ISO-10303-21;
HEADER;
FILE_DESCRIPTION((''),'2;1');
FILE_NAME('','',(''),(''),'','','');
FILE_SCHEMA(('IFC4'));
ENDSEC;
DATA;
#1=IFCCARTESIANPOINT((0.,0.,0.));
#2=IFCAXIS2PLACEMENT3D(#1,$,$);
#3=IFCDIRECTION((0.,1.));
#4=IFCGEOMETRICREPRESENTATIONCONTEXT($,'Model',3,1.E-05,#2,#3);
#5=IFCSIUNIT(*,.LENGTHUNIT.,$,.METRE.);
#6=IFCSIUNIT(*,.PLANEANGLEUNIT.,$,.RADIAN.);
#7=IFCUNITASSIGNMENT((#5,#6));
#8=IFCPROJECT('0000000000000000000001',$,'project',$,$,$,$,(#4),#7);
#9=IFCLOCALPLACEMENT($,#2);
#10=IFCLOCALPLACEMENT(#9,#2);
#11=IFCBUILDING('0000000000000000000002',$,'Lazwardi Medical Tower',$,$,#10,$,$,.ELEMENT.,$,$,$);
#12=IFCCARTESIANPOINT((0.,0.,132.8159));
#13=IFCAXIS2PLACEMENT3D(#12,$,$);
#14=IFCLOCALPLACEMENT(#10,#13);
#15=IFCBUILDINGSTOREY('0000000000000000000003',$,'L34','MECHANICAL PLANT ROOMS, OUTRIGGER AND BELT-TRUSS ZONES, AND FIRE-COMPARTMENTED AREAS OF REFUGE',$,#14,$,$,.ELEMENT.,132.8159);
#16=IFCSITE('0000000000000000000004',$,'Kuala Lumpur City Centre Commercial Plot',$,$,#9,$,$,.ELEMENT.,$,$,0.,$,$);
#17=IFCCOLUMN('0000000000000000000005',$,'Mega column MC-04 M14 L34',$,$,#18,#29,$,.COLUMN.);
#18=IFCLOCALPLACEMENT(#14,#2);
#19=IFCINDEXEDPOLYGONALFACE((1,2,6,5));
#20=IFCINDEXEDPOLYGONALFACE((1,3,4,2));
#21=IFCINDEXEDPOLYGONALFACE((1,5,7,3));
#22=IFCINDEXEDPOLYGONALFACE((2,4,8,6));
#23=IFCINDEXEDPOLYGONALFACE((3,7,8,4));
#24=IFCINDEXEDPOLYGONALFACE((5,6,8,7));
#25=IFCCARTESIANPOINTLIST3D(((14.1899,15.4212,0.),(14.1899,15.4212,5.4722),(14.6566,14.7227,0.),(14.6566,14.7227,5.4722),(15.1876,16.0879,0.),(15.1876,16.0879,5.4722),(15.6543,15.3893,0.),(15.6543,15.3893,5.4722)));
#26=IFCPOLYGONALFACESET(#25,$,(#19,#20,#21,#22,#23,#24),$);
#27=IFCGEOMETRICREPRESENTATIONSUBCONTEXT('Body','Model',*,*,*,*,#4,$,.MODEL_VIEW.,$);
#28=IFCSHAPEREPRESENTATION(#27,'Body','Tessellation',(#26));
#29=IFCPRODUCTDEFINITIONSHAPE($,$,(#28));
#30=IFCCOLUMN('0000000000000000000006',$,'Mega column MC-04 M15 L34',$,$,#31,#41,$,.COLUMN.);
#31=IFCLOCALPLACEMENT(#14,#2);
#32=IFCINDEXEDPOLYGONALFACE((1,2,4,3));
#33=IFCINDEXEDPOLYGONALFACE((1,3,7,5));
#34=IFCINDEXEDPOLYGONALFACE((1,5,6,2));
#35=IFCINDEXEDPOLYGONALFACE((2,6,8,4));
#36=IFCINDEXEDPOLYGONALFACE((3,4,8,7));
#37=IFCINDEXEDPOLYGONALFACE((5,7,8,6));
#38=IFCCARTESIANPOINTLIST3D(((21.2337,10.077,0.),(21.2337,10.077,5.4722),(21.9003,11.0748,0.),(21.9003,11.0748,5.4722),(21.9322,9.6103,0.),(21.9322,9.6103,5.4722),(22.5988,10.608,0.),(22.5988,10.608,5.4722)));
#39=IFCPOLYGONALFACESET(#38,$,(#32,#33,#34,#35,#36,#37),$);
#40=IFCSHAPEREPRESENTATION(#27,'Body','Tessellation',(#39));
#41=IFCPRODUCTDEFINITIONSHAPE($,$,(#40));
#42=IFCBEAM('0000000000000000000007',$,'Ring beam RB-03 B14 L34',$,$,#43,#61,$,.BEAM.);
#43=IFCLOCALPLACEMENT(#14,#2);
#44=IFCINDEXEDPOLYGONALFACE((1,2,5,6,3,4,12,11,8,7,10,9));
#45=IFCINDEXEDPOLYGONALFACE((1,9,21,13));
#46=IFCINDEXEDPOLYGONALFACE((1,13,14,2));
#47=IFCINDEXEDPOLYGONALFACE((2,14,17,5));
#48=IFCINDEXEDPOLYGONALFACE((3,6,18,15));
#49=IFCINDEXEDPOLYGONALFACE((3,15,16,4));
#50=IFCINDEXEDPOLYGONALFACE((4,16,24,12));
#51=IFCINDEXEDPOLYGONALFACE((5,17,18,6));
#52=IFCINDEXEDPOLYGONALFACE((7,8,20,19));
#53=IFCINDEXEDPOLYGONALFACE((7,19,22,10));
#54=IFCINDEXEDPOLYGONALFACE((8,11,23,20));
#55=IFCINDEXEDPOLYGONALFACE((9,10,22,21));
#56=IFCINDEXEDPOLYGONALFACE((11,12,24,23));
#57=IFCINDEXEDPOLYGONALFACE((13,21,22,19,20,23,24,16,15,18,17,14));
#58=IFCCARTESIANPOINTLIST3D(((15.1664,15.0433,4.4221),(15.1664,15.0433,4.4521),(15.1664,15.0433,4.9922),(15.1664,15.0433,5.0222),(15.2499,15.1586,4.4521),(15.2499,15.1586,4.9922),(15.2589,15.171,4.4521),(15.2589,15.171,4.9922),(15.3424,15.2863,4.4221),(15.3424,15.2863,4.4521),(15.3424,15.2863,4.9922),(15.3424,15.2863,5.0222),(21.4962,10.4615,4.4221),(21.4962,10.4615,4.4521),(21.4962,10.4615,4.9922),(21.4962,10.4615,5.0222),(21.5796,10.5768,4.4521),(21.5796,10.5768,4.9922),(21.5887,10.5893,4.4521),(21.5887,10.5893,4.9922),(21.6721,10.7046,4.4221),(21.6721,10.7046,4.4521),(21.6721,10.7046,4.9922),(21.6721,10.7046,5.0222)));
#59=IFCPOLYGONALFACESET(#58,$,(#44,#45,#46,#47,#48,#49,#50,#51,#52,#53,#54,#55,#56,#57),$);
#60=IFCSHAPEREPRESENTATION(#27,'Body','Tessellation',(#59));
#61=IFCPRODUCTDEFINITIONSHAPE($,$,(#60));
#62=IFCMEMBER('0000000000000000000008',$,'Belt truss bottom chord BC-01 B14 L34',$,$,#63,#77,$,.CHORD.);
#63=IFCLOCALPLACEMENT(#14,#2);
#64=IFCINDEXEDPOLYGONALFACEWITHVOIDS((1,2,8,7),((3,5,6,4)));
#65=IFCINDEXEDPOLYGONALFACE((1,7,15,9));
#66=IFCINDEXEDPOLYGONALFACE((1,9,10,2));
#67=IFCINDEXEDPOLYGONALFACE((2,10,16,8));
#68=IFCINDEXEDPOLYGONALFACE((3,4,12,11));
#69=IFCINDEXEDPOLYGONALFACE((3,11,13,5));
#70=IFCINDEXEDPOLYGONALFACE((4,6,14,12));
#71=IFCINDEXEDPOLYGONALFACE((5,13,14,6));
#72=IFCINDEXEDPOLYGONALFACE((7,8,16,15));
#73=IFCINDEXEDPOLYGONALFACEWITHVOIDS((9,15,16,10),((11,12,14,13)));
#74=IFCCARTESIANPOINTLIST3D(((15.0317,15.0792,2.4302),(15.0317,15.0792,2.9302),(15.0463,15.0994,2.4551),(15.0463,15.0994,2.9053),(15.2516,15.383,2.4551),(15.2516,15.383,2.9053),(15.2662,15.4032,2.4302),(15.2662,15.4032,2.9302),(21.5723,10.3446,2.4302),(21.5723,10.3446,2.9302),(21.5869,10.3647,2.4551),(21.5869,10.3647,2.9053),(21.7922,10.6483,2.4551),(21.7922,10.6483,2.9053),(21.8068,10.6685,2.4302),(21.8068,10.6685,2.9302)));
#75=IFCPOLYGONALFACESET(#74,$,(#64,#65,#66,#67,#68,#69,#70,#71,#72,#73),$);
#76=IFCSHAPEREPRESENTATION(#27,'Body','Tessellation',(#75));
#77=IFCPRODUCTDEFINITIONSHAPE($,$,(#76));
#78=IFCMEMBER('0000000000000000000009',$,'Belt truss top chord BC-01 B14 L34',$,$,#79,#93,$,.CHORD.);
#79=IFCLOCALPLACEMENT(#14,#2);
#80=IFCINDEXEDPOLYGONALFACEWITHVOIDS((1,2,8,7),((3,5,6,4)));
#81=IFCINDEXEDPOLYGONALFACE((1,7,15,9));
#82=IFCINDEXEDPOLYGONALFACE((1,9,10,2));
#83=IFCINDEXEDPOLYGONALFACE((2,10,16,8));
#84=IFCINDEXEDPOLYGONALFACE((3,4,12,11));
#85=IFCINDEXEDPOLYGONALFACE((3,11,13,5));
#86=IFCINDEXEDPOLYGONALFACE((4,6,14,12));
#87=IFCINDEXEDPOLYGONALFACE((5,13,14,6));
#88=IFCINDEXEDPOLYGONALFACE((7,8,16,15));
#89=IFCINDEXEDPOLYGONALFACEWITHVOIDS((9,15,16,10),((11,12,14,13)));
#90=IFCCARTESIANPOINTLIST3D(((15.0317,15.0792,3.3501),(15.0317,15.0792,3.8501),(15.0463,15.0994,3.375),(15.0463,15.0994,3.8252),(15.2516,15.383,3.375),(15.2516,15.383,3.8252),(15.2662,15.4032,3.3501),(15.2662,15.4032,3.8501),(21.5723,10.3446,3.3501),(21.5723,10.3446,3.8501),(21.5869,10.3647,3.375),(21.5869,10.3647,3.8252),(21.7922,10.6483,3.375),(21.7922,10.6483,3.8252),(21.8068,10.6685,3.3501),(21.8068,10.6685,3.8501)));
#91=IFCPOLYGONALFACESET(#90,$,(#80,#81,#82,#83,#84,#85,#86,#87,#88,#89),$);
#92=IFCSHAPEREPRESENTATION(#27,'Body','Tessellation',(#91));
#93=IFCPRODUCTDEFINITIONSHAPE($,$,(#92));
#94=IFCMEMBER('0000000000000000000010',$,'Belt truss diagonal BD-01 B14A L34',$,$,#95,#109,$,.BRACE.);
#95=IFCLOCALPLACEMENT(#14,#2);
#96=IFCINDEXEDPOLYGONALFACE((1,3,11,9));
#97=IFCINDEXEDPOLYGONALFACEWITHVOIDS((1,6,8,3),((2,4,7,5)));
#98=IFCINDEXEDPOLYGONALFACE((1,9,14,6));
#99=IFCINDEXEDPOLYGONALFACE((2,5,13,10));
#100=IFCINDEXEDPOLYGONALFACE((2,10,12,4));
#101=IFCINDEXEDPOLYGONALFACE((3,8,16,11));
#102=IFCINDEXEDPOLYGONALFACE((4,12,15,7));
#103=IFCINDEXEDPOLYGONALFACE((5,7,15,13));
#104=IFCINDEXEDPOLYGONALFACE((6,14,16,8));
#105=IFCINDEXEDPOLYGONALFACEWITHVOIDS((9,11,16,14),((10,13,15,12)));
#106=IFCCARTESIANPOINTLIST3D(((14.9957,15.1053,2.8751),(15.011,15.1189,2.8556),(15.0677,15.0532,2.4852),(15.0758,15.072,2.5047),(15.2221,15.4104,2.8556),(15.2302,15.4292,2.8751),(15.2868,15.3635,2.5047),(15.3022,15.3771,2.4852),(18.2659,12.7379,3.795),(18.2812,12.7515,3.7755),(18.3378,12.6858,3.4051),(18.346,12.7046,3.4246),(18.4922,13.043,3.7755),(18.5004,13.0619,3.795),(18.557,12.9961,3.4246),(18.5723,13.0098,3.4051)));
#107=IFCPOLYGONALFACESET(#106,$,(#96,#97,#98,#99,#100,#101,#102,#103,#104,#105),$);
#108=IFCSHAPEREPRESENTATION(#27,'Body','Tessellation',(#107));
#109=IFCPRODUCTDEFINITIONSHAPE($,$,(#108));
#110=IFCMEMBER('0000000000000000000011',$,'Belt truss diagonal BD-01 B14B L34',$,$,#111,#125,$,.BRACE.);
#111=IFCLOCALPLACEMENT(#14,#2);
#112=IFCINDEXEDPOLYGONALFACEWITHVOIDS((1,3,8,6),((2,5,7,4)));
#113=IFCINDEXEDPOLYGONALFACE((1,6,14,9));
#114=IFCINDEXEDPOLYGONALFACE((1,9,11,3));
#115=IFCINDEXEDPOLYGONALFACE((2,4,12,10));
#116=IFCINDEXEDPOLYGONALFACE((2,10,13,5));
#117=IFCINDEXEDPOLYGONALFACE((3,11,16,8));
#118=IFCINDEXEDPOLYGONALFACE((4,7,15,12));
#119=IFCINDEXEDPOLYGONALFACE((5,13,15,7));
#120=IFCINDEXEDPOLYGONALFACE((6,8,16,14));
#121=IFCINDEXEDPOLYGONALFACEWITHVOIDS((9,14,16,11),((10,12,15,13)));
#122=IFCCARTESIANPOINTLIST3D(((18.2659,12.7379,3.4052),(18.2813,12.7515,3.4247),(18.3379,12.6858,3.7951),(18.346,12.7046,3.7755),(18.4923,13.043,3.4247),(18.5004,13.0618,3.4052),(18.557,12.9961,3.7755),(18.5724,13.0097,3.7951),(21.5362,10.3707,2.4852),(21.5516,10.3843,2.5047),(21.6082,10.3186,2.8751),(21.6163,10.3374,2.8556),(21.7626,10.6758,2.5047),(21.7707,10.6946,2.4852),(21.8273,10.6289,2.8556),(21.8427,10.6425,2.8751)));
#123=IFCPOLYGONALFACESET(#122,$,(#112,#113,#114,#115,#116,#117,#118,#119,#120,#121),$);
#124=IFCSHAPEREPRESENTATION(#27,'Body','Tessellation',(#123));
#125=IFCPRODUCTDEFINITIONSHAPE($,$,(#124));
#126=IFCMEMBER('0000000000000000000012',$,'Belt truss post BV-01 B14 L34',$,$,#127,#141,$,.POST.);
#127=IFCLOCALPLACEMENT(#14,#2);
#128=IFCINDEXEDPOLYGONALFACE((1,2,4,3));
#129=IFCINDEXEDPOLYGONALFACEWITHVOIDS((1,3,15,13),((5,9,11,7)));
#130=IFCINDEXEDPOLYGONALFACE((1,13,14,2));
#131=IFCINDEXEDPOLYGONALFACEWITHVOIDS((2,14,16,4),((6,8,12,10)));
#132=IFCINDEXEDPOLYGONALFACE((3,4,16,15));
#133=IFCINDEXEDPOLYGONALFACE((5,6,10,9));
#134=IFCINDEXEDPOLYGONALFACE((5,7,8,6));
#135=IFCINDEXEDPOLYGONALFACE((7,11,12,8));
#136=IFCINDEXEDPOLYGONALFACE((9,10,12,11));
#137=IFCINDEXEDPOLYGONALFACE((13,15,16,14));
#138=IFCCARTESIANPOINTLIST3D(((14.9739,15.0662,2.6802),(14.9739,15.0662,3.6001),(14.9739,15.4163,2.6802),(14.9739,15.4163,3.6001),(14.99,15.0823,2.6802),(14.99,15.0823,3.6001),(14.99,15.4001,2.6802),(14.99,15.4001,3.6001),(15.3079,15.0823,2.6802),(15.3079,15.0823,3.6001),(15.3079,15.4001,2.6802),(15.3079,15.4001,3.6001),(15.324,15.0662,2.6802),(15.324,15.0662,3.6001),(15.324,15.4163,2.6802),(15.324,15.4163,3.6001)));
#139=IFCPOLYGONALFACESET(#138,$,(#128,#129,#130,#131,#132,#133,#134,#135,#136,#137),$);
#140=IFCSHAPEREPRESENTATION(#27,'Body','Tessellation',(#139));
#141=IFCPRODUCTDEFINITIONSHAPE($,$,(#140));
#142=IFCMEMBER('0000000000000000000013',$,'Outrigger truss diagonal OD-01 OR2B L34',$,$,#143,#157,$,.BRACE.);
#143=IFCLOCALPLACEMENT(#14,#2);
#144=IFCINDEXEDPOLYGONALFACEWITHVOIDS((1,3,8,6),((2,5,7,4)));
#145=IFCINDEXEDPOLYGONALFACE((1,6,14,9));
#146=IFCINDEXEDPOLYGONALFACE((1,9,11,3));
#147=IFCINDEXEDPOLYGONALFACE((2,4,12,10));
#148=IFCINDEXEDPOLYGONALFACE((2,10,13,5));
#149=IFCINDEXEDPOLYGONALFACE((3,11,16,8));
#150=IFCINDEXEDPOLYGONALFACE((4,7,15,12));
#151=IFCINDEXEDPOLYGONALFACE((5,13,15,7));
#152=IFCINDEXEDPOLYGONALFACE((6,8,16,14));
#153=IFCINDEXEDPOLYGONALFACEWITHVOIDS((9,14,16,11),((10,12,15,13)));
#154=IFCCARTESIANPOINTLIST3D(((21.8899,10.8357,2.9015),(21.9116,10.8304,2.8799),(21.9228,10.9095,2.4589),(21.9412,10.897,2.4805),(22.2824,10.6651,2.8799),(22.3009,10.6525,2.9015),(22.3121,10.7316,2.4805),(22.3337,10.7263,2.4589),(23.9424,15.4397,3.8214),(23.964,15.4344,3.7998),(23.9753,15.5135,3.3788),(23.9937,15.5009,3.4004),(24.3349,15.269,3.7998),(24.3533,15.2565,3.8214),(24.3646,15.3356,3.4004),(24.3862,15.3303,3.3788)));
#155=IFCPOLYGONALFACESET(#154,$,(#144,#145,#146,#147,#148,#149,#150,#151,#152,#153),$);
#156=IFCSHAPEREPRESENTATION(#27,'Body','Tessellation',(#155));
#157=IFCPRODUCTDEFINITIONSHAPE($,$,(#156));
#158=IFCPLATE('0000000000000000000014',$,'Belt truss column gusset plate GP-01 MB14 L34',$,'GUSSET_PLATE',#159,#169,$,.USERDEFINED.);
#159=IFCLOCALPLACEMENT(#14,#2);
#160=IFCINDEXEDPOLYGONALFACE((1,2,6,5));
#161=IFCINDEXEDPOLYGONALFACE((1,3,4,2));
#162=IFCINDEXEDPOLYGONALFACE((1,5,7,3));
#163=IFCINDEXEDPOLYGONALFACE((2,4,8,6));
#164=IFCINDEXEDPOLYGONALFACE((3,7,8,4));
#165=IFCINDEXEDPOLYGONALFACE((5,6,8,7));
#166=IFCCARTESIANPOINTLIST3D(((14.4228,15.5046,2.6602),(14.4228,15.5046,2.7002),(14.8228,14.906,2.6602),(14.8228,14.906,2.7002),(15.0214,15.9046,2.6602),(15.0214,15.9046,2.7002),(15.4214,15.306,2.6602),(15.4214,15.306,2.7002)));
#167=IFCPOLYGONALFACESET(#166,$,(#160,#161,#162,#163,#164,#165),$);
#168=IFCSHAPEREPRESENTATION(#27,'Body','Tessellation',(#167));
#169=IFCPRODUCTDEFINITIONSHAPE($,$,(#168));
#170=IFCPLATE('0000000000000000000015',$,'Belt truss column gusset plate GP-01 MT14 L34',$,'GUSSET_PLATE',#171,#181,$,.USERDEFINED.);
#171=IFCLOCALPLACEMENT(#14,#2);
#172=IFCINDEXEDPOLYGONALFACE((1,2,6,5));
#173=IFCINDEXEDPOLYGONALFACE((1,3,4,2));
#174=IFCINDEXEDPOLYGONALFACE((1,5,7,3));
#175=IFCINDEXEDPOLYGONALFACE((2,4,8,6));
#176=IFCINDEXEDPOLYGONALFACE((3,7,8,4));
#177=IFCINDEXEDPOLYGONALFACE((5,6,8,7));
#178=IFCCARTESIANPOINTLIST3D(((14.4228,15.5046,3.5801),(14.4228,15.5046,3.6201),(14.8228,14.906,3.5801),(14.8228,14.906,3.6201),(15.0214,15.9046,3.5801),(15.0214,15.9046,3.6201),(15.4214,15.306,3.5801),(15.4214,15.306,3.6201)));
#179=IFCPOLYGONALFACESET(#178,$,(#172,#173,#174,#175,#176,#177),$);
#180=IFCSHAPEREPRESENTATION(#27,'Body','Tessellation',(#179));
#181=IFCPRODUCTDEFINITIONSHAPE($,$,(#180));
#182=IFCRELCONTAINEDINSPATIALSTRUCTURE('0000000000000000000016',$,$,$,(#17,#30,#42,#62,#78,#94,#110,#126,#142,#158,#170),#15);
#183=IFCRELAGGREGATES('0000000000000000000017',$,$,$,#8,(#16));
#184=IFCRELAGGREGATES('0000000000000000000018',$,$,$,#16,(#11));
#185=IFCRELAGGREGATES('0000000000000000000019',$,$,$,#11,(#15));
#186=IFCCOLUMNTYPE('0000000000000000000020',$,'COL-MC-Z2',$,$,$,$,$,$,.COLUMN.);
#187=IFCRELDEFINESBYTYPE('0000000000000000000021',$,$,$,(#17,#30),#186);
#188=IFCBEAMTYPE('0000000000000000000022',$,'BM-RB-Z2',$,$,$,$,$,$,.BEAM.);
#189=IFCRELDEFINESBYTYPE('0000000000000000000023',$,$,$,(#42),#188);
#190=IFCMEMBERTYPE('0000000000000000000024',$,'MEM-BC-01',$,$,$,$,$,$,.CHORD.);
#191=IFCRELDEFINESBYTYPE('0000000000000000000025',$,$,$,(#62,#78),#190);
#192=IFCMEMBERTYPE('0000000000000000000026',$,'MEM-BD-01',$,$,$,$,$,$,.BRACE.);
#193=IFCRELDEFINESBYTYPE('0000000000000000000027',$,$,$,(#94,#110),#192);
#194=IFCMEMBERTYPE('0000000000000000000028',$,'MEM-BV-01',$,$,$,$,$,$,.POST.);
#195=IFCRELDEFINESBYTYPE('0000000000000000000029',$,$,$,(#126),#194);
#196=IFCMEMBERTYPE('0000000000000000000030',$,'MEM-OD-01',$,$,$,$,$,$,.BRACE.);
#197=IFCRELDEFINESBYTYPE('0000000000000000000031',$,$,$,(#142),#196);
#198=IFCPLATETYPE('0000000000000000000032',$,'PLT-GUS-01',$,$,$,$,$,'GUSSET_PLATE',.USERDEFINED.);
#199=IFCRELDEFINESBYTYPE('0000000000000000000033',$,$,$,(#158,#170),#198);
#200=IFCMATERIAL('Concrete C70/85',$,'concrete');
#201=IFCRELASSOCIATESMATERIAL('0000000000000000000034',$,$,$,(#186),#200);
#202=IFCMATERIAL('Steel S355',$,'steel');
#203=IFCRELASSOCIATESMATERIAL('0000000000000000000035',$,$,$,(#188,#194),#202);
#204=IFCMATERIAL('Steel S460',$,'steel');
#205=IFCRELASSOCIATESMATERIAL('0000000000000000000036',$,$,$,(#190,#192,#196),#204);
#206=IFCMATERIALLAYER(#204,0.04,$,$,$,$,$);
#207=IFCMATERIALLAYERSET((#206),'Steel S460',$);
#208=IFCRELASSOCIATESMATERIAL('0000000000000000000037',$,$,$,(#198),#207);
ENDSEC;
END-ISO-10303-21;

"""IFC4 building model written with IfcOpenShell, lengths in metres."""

from ifc_helpers import new_model, si_unit, direction, frame, origin, origin_2d, place, context, subcontext, project, spatial, rectangle, hollow_rectangle, i_section, extrude, material, layer, layer_set, material_profile, profile_set, type_object, element, save


model = new_model("IFC4")

# Units and contexts
model_context = context("Model", 3, precision=1e-05, world=origin(), true_north=direction((0.0, 1.0)))
body_context = subcontext(model_context, "Body", "Model", "MODEL_VIEW")
ifc_project = project(units=[si_unit("LENGTHUNIT", "METRE"), si_unit("PLANEANGLEUNIT", "RADIAN")], contexts=[model_context])

# Site, building, storey
site_placement = place(None, origin())
site = spatial("IfcSite", under=ifc_project, at=site_placement, Name="Kuala Lumpur City Centre Commercial Plot", CompositionType="ELEMENT", RefElevation=0.0)
building_placement = place(site_placement, origin())
building = spatial("IfcBuilding", under=site, at=building_placement, Name="Lazwardi Medical Tower", CompositionType="ELEMENT")
storey_placement = place(building_placement, frame((0.0, 0.0, 132.8159)))
storey = spatial("IfcBuildingStorey", under=building, at=storey_placement, Name="L34", Description="MECHANICAL PLANT ROOMS, OUTRIGGER AND BELT-TRUSS ZONES, AND FIRE-COMPARTMENTED AREAS OF REFUGE", CompositionType="ELEMENT", Elevation=132.8159)

# Columns
ifc_material_1 = material(Name="Concrete C70/85", Category="concrete")
ifc_material_profile_1 = material_profile(ifc_material_1, rectangle(XDim=1.2, YDim=0.8401, at=origin_2d()), Name="CFT-RECT 1200x840")
ifc_profile_set_1 = profile_set([ifc_material_profile_1], Name="Concrete C70/85")
column_type = type_object("IfcColumnType", Name="COL-MC-Z2", PredefinedType="COLUMN", material=ifc_profile_set_1)
for number, where, z_axis, x_axis, name in (
    (1, (14.9221, 15.4053, 0.0), (0.0, 0.0, 1.0), (-0.83147, -0.55557, 0.0), "Mega column MC-04 M14 L34"),
    (2, (21.9163, 10.3425, 0.0), (0.0, 0.0, 1.0), (-0.55557, -0.83147, 0.0), "Mega column MC-04 M15 L34"),
):
    element("IfcColumn", number, at=place(storey_placement, frame(where, z_axis=z_axis, x_axis=x_axis)), inside=storey, type_object=column_type, Name=name, PredefinedType="COLUMN", context=body_context, shape_type="SweptSolid", body=[
        extrude(rectangle(XDim=1.2, YDim=0.8401, at=origin_2d()), origin(), (0.0, 0.0, 1.0), 5.4722),
    ])

# Beam
ifc_material_2 = material(Name="Steel S355", Category="steel")
ifc_material_profile_2 = material_profile(ifc_material_2, i_section(OverallWidth=0.3, OverallDepth=0.6001, WebThickness=0.0154, FlangeThickness=0.03, at=origin_2d()), Name="HEB 600")
ifc_profile_set_2 = profile_set([ifc_material_profile_2], Name="Steel S355")
beam_type = type_object("IfcBeamType", Name="BM-RB-Z2", PredefinedType="BEAM", material=ifc_profile_set_2)
beam_placement = place(storey_placement, frame((15.2544, 15.1648, 4.7222), z_axis=(0.810057, -0.586351, 0.0), x_axis=(0.586351, 0.810057, 0.0)))
element("IfcBeam", 3, at=beam_placement, inside=storey, type_object=beam_type, Name="Ring beam RB-03 B14 L34", PredefinedType="BEAM", context=body_context, shape_type="SweptSolid", body=[
    extrude(i_section(OverallWidth=0.3, OverallDepth=0.6001, WebThickness=0.0154, FlangeThickness=0.03, at=origin_2d()), origin(), (0.0, 0.0, 1.0), 7.814),
])

# Members
ifc_material_3 = material(Name="Steel S460", Category="steel")
ifc_material_profile_3 = material_profile(ifc_material_3, hollow_rectangle(XDim=0.3999, YDim=0.5, WallThickness=0.0249, at=origin_2d()), Name="RHS 500x400x25")
ifc_profile_set_3 = profile_set([ifc_material_profile_3], Name="Steel S460")
member_type_1 = type_object("IfcMemberType", Name="MEM-BC-01", PredefinedType="CHORD", material=ifc_profile_set_3)
for number, where, z_axis, x_axis, name in (
    (4, (15.1489, 15.2412, 2.6802), (0.810038, -0.586378, 0.0), (0.586378, 0.810038, 0.0), "Belt truss bottom chord BC-01 B14 L34"),
    (5, (15.1489, 15.2412, 3.6001), (0.810038, -0.586378, 0.0), (0.586378, 0.810038, 0.0), "Belt truss top chord BC-01 B14 L34"),
):
    element("IfcMember", number, at=place(storey_placement, frame(where, z_axis=z_axis, x_axis=x_axis)), inside=storey, type_object=member_type_1, Name=name, PredefinedType="CHORD", context=body_context, shape_type="SweptSolid", body=[
        extrude(hollow_rectangle(XDim=0.3999, YDim=0.5, WallThickness=0.0249, at=origin_2d()), origin(), (0.0, 0.0, 1.0), 8.0745),
    ])
ifc_material_profile_4 = material_profile(ifc_material_3, hollow_rectangle(XDim=0.3999, YDim=0.3999, WallThickness=0.02, at=origin_2d()), Name="RHS 400x400x20")
ifc_profile_set_4 = profile_set([ifc_material_profile_4], Name="Steel S460")
member_type_2 = type_object("IfcMemberType", Name="MEM-BD-01", PredefinedType="BRACE", material=ifc_profile_set_4)
for number, where, z_axis, x_axis, name in (
    (6, (15.1489, 15.2412, 2.6802), (0.78978, -0.571743, 0.222164), (0.586398, 0.810023, 0.0), "Belt truss diagonal BD-01 B14A L34"),
    (7, (21.6895, 10.5066, 2.6802), (-0.789807, 0.571703, 0.222172), (-0.586358, -0.810052, 0.0), "Belt truss diagonal BD-01 B14B L34"),
):
    element("IfcMember", number, at=place(storey_placement, frame(where, z_axis=z_axis, x_axis=x_axis)), inside=storey, type_object=member_type_2, Name=name, PredefinedType="BRACE", context=body_context, shape_type="SweptSolid", body=[
        extrude(hollow_rectangle(XDim=0.3999, YDim=0.3999, WallThickness=0.02, at=origin_2d()), origin(), (0.0, 0.0, 1.0), 4.1406),
    ])
ifc_material_profile_5 = material_profile(ifc_material_2, hollow_rectangle(XDim=0.3501, YDim=0.3501, WallThickness=0.0161, at=origin_2d()), Name="RHS 350x350x16")
ifc_profile_set_5 = profile_set([ifc_material_profile_5], Name="Steel S355")
member_type_3 = type_object("IfcMemberType", Name="MEM-BV-01", PredefinedType="POST", material=ifc_profile_set_5)
member_1_placement = place(storey_placement, frame((15.1489, 15.2412, 2.6802), z_axis=(0.0, 0.0, 1.0), x_axis=(1.0, 0.0, 0.0)))
element("IfcMember", 8, at=member_1_placement, inside=storey, type_object=member_type_3, Name="Belt truss post BV-01 B14 L34", PredefinedType="POST", context=body_context, shape_type="SweptSolid", body=[
    extrude(hollow_rectangle(XDim=0.3501, YDim=0.3501, WallThickness=0.0161, at=origin_2d()), origin(), (0.0, 0.0, 1.0), 0.9199),
])
ifc_material_profile_6 = material_profile(ifc_material_3, hollow_rectangle(XDim=0.45, YDim=0.45, WallThickness=0.022, at=origin_2d()), Name="RHS 450x450x22")
ifc_profile_set_6 = profile_set([ifc_material_profile_6], Name="Steel S460")
member_type_4 = type_object("IfcMemberType", Name="MEM-OD-01", PredefinedType="BRACE", material=ifc_profile_set_6)
member_2_placement = place(storey_placement, frame((22.1118, 10.781, 2.6802), z_axis=(0.400561, 0.89851, 0.17953), x_axis=(-0.91335, 0.407176, 0.0)))
element("IfcMember", 9, at=member_2_placement, inside=storey, type_object=member_type_4, Name="Outrigger truss diagonal OD-01 OR2B L34", PredefinedType="BRACE", context=body_context, shape_type="SweptSolid", body=[
    extrude(hollow_rectangle(XDim=0.45, YDim=0.45, WallThickness=0.022, at=origin_2d()), origin(), (0.0, 0.0, 1.0), 5.124),
])

# Plates
ifc_layer_1 = layer(ifc_material_3, 0.04)
ifc_layer_set_1 = layer_set([ifc_layer_1], Name="Steel S460")
plate_type = type_object("IfcPlateType", Name="PLT-GUS-01", ElementType="GUSSET_PLATE", PredefinedType="USERDEFINED", material=ifc_layer_set_1)
for number, where, z_axis, x_axis, name in (
    (10, (14.9221, 15.4053, 2.6602), (0.0, 0.0, 1.0), (-0.83147, -0.55557, 0.0), "Belt truss column gusset plate GP-01 MB14 L34"),
    (11, (14.9221, 15.4053, 3.5801), (0.0, 0.0, 1.0), (-0.83147, -0.55557, 0.0), "Belt truss column gusset plate GP-01 MT14 L34"),
):
    element("IfcPlate", number, at=place(storey_placement, frame(where, z_axis=z_axis, x_axis=x_axis)), inside=storey, type_object=plate_type, Name=name, ObjectType="GUSSET_PLATE", PredefinedType="USERDEFINED", context=body_context, shape_type="SweptSolid", body=[
        extrude(rectangle(XDim=0.72, YDim=0.72, at=origin_2d()), origin(), (0.0, 0.0, 1.0), 0.04),
    ])

save(model, "model.ifc")
